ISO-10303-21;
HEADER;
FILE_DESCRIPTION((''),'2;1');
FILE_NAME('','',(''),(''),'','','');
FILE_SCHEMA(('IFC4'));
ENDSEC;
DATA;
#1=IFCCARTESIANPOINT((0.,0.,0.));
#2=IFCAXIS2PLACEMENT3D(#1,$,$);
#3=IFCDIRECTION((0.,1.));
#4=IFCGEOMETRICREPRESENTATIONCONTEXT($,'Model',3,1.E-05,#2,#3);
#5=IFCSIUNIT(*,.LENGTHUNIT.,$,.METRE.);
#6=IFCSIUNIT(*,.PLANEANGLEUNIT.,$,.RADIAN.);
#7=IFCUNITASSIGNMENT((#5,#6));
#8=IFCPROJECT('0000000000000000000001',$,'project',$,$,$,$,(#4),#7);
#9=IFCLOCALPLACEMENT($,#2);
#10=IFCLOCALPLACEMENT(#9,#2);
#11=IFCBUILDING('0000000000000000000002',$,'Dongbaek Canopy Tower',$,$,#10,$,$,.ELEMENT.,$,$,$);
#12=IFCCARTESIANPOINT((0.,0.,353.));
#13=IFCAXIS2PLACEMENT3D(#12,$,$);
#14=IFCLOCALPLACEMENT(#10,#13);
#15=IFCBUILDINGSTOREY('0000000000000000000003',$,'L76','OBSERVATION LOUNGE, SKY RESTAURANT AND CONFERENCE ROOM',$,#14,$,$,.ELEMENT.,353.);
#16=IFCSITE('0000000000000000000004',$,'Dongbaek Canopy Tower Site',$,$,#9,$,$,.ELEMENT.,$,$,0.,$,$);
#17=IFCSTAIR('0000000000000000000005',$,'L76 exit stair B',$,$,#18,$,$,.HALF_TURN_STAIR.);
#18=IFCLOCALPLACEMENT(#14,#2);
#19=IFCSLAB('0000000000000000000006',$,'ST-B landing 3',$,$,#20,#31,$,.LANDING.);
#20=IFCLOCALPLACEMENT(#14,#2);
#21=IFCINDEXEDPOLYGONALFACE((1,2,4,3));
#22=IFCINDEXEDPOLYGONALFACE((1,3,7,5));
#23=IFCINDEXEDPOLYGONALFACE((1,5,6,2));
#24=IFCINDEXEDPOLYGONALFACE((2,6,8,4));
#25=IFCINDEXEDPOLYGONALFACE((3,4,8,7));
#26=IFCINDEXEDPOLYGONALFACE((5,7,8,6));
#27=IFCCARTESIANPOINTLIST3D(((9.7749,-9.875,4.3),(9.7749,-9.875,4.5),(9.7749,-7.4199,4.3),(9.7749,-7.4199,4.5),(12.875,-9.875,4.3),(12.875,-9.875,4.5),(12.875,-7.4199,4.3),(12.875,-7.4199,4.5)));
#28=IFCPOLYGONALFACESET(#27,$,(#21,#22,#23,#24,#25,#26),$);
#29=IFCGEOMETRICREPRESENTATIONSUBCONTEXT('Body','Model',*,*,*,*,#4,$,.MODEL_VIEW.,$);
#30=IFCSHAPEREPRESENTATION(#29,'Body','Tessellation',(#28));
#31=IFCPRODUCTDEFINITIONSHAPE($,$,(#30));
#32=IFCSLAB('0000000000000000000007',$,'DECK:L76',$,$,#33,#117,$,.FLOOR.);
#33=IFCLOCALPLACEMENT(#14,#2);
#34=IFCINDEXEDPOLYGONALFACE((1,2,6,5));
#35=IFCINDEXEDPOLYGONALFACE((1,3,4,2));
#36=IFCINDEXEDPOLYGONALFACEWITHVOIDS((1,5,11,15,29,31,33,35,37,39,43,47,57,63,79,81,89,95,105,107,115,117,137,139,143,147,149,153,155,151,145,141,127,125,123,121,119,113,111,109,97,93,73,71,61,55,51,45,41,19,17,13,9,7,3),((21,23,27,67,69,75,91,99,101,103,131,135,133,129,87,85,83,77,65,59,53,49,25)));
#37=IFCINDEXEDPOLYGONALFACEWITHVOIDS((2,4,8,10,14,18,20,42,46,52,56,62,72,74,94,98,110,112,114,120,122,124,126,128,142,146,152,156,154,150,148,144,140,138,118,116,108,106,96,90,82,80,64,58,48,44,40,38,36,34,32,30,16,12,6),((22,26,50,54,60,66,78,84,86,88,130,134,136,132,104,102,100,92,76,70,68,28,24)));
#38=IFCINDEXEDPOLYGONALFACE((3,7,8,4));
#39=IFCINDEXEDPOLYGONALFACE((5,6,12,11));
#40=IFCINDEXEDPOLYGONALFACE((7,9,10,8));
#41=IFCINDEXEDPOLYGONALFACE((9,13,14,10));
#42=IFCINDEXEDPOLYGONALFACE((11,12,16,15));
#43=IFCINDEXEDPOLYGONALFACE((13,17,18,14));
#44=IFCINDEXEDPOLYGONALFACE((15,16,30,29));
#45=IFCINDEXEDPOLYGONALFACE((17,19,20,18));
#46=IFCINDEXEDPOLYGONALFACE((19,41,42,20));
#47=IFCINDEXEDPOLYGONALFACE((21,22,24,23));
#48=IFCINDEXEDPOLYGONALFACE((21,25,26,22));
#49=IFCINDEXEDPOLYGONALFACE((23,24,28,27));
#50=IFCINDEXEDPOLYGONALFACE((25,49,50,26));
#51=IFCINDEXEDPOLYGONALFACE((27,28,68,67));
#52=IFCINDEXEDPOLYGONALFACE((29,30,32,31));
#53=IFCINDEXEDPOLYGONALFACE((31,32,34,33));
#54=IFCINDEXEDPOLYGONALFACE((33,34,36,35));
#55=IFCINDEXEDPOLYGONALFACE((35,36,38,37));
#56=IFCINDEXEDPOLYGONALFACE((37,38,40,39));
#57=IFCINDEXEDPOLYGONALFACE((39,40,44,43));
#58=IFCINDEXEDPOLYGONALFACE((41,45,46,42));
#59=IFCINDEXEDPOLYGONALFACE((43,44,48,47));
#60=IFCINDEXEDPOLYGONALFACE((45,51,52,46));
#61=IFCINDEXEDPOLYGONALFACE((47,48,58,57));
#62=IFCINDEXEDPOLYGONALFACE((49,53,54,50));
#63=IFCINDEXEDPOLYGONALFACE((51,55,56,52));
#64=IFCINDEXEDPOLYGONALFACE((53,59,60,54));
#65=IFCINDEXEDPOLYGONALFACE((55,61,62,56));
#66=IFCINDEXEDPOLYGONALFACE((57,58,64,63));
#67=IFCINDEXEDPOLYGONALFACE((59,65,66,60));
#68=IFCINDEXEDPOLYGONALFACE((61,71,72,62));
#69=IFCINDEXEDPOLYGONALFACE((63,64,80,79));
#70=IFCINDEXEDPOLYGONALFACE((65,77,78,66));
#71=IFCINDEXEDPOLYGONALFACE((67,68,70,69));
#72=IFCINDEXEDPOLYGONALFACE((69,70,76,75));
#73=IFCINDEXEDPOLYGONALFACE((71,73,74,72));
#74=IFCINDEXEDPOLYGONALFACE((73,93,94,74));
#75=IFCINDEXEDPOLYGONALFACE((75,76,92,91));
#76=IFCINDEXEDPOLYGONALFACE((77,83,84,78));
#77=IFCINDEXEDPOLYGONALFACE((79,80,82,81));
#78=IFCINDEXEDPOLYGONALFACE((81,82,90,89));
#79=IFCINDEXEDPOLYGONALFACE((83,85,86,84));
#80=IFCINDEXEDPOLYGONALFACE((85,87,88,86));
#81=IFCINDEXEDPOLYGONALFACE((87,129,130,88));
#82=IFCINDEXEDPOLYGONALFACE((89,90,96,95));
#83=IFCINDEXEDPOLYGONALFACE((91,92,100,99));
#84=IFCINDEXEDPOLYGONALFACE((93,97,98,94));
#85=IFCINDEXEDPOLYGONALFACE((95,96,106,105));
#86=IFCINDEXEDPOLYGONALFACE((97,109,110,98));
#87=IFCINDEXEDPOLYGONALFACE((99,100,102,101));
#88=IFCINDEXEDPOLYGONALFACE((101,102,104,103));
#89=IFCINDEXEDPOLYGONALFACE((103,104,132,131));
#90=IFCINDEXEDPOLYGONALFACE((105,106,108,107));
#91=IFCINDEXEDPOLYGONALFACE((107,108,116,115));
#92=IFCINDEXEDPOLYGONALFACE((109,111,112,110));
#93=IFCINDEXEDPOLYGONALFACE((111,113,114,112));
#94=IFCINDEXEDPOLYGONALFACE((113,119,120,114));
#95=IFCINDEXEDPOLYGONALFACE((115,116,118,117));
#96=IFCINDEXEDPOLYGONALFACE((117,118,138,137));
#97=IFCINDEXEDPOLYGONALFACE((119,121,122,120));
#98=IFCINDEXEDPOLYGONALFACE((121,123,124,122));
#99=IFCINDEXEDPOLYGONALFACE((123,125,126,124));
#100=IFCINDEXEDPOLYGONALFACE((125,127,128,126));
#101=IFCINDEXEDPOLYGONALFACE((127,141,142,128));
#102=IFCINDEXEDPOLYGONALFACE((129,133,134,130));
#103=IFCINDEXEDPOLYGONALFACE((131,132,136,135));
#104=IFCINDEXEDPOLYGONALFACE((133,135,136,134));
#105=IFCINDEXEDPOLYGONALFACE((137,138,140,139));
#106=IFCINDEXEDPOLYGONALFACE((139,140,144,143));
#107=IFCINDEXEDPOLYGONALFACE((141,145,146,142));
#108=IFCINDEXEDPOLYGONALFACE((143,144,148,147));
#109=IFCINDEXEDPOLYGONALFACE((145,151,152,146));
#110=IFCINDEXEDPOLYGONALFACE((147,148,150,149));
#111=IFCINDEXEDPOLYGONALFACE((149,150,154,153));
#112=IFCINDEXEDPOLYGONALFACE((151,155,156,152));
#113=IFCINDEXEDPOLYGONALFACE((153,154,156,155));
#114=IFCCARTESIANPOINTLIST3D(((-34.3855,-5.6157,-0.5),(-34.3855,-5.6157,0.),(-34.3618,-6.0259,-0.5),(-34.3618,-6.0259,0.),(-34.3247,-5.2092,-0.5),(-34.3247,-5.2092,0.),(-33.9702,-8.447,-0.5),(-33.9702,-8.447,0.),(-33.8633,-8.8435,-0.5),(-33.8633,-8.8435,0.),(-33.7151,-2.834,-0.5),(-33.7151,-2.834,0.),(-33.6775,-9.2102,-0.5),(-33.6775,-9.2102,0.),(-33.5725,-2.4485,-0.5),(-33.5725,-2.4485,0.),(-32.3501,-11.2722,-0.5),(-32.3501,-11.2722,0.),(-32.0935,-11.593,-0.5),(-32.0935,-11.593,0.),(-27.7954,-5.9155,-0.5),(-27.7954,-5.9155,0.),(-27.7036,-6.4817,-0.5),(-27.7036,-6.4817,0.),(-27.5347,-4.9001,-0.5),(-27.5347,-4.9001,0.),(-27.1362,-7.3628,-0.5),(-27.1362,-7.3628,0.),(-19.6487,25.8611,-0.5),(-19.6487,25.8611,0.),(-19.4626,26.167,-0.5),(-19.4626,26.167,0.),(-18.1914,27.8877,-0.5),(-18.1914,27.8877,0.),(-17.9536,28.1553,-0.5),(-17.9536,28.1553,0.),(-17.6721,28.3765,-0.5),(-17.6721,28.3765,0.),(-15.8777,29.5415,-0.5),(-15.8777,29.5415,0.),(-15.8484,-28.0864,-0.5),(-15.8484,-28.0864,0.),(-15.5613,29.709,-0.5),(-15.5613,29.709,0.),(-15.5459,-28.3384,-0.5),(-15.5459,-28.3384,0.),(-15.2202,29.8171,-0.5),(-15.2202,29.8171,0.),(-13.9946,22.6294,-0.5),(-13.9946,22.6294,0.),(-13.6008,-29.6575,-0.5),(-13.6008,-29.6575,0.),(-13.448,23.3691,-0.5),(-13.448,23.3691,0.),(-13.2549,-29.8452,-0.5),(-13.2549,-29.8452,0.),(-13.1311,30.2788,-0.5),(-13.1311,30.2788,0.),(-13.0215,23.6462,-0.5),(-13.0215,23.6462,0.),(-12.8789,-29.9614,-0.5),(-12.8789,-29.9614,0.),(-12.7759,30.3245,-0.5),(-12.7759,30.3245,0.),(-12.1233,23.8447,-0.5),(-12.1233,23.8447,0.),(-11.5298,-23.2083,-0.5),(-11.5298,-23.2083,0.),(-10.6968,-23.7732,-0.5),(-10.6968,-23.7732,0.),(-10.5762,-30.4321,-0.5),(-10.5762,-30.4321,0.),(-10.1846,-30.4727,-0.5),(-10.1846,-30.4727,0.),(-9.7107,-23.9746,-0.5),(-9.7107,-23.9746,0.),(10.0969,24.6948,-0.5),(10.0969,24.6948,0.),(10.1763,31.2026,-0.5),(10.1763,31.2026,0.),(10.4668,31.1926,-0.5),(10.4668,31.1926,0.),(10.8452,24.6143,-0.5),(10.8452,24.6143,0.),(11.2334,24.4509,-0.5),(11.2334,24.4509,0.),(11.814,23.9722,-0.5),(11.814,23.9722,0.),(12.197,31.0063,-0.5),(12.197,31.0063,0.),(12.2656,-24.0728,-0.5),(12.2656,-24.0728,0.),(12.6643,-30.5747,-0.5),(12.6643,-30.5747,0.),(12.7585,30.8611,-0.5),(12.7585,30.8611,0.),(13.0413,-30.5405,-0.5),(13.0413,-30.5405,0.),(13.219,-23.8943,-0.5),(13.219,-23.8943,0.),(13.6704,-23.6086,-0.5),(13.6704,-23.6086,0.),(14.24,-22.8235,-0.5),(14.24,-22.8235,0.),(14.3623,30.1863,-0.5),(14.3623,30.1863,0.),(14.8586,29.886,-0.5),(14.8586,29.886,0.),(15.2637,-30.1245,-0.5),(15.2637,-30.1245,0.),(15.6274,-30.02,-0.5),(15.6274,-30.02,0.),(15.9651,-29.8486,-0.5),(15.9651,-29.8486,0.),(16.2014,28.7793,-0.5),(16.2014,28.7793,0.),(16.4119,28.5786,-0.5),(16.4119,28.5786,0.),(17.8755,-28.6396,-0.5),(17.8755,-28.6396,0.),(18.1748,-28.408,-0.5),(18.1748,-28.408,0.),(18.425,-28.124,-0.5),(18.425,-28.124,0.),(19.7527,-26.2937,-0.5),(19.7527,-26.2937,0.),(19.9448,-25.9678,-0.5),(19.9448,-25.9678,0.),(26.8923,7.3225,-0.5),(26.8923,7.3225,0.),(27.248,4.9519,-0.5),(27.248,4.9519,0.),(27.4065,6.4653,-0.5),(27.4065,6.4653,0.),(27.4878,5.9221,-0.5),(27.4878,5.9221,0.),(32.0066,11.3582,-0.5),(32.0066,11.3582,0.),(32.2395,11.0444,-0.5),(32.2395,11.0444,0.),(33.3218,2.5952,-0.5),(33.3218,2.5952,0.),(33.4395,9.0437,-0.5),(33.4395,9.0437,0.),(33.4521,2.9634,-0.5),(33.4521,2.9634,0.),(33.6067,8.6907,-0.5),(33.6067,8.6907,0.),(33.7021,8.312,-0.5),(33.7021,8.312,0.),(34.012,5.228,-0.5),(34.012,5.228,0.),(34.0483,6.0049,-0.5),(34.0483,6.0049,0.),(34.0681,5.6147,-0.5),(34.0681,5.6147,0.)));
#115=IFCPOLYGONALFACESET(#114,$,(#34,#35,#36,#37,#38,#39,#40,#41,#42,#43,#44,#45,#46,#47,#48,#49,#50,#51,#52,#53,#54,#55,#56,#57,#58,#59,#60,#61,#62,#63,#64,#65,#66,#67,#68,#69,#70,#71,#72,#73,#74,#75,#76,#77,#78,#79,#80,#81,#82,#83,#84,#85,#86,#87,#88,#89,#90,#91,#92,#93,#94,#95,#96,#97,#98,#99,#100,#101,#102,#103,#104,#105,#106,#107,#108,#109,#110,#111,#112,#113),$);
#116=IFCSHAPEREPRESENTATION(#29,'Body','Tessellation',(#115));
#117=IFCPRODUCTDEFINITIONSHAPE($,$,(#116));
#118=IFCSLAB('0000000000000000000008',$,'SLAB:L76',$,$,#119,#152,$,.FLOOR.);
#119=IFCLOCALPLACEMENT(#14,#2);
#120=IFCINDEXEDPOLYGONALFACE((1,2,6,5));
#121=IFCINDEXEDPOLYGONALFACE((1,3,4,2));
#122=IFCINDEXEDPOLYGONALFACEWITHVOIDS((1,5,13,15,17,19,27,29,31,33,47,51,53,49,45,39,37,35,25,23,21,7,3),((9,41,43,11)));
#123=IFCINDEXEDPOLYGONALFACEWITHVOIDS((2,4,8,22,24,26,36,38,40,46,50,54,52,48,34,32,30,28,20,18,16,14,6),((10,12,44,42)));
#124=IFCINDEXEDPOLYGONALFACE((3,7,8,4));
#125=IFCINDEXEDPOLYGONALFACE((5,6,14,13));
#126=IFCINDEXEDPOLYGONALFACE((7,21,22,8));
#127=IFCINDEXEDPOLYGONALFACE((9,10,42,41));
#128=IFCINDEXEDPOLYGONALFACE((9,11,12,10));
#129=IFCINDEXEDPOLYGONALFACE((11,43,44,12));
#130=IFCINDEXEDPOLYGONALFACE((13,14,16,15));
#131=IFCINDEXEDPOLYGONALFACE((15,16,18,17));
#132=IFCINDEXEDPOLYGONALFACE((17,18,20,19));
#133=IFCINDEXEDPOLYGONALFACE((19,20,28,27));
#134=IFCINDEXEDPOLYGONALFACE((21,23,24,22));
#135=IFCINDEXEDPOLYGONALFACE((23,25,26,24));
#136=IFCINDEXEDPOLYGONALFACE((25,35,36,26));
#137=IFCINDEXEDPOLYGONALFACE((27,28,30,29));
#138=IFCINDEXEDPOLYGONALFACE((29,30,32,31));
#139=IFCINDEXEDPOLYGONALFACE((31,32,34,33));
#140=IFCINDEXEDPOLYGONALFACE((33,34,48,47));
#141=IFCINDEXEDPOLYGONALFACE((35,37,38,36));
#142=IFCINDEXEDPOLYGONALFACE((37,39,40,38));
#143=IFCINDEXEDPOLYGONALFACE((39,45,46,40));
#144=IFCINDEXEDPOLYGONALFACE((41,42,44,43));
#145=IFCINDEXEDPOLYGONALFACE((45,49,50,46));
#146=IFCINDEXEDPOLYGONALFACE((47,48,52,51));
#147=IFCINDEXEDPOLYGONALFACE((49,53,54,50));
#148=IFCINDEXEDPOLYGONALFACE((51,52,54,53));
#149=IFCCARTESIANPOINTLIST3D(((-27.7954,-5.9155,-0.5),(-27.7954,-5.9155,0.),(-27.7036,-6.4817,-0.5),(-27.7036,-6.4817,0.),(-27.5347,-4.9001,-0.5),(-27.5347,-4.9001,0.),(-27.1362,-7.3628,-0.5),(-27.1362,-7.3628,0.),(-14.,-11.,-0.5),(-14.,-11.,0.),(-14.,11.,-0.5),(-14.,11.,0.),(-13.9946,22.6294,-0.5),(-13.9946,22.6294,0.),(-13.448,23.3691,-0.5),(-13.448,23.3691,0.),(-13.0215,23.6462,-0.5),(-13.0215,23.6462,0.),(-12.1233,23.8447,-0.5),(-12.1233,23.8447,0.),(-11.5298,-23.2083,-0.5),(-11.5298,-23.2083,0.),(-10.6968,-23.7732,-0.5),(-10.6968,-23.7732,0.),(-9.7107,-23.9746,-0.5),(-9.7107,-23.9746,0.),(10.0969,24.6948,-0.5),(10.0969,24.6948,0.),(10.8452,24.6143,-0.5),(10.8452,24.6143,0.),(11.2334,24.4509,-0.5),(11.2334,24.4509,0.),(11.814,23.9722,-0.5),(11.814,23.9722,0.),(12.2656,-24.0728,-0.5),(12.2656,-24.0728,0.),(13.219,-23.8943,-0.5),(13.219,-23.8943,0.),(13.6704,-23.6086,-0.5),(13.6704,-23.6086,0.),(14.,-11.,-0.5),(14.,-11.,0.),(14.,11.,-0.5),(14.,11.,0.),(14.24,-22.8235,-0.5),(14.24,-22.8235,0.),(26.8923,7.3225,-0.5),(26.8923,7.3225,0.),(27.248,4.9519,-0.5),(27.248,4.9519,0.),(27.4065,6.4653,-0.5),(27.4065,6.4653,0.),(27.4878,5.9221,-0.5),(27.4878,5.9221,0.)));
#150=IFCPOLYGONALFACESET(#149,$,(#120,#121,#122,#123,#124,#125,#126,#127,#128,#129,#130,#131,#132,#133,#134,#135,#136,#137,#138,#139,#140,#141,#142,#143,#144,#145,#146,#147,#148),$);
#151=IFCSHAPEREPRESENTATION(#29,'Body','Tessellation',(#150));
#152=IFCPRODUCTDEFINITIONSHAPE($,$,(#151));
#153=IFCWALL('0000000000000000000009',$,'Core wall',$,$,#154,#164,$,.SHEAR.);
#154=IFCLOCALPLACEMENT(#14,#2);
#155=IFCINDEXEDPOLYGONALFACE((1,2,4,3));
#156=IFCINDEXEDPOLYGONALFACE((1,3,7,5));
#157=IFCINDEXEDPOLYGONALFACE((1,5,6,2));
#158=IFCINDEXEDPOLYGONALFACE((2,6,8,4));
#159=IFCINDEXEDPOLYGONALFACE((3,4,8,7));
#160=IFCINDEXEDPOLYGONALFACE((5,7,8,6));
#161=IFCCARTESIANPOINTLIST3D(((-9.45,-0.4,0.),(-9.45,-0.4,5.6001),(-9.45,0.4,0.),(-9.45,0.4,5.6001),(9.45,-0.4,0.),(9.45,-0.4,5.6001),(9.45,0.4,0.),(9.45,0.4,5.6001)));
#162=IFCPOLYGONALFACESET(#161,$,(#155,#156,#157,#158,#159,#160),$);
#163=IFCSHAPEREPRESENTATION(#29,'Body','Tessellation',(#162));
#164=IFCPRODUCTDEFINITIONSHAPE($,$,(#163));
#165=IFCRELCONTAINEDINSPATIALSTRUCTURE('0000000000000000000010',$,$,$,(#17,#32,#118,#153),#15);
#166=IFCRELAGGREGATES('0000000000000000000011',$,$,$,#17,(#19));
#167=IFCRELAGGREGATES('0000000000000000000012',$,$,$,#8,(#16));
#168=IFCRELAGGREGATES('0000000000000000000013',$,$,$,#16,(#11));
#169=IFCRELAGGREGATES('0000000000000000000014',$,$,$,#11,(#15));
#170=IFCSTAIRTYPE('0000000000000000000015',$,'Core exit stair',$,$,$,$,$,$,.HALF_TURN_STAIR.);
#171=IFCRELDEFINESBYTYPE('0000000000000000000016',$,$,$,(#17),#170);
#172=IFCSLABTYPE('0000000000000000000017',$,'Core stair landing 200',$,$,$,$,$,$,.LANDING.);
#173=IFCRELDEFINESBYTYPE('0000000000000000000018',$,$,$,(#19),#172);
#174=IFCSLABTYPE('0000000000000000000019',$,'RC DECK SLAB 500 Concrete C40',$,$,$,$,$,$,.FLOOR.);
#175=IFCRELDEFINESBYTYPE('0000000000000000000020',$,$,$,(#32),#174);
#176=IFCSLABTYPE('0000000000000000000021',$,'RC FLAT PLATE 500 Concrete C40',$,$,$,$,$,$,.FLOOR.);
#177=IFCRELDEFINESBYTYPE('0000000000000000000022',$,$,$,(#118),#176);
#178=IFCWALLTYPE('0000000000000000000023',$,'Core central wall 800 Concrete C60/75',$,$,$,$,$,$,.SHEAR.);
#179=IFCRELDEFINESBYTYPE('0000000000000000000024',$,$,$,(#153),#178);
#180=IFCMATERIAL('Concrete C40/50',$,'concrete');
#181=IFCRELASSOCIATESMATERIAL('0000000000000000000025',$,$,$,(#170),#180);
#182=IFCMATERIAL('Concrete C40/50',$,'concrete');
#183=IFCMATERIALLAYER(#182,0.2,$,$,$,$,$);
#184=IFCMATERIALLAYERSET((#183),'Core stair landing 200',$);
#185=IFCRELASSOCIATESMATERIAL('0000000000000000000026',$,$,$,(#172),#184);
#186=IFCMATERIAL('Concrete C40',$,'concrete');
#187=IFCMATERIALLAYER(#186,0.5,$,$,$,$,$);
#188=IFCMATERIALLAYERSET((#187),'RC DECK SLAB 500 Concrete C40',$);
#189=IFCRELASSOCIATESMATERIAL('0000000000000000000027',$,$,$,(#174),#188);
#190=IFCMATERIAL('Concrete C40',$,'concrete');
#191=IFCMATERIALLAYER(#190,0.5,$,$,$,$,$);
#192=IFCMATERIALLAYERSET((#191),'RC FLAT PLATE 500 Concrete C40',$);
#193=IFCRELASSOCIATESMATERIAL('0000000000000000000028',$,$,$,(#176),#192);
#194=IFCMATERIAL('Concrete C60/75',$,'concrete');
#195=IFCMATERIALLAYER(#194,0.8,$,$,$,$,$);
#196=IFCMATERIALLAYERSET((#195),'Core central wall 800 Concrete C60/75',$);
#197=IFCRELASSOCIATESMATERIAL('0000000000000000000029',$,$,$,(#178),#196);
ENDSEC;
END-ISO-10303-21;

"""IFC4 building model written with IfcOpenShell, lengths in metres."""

from ifc_helpers import new_model, si_unit, direction, frame, frame_2d, origin, place, context, subcontext, project, spatial, polyline, rectangle, outline, extrude, material, layer, layer_set, type_object, element, aggregate, save


model = new_model("IFC4")

# Units and contexts
model_context = context("Model", 3, precision=1e-05, world=origin(), true_north=direction((0.0, 1.0)))
body_context = subcontext(model_context, "Body", "Model", "MODEL_VIEW")
ifc_project = project(units=[si_unit("LENGTHUNIT", "METRE"), si_unit("PLANEANGLEUNIT", "RADIAN")], contexts=[model_context])

# Site, building, storey
site_placement = place(None, origin())
site = spatial("IfcSite", under=ifc_project, at=site_placement, Name="Dongbaek Canopy Tower Site", CompositionType="ELEMENT", RefElevation=0.0)
building_placement = place(site_placement, origin())
building = spatial("IfcBuilding", under=site, at=building_placement, Name="Dongbaek Canopy Tower", CompositionType="ELEMENT")
storey_placement = place(building_placement, frame((0.0, 0.0, 353.0)))
storey = spatial("IfcBuildingStorey", under=building, at=storey_placement, Name="L76", Description="OBSERVATION LOUNGE, SKY RESTAURANT AND CONFERENCE ROOM", CompositionType="ELEMENT", Elevation=353.0)

# Stair, slab
ifc_material_1 = material(Name="Concrete C40/50", Category="concrete")
stair_type = type_object("IfcStairType", Name="Core exit stair", PredefinedType="HALF_TURN_STAIR", material=ifc_material_1)
ifc_material_2 = material(Name="Concrete C40/50", Category="concrete")
ifc_layer_1 = layer(ifc_material_2, 0.2)
ifc_layer_set_1 = layer_set([ifc_layer_1], Name="Core stair landing 200")
slab_type_1 = type_object("IfcSlabType", Name="Core stair landing 200", PredefinedType="LANDING", material=ifc_layer_set_1)
stair_1_placement = place(storey_placement, origin())
stair_1 = element("IfcStair", 1, at=stair_1_placement, inside=storey, type_object=stair_type, Name="L76 exit stair B", PredefinedType="HALF_TURN_STAIR")
slab_1_placement = place(storey_placement, frame((0.0, 0.0, 4.3)))
slab_1 = element("IfcSlab", 2, at=slab_1_placement, type_object=slab_type_1, Name="ST-B landing 3", PredefinedType="LANDING", context=body_context, shape_type="SweptSolid", body=[
    extrude(outline(polyline([(9.7749, -7.4199), (9.7749, -9.875), (12.875, -9.875), (12.875, -7.4199), (9.7749, -7.4199)])), origin(), (0.0, 0.0, 1.0), 0.2),
])
aggregate(stair_1, [slab_1])

# Slabs
ifc_material_3 = material(Name="Concrete C40", Category="concrete")
ifc_layer_2 = layer(ifc_material_3, 0.5)
ifc_layer_set_2 = layer_set([ifc_layer_2], Name="RC DECK SLAB 500 Concrete C40")
slab_type_2 = type_object("IfcSlabType", Name="RC DECK SLAB 500 Concrete C40", PredefinedType="FLOOR", material=ifc_layer_set_2)
slab_2_placement = place(storey_placement, frame((0.0, 0.0, -0.5)))
element("IfcSlab", 3, at=slab_2_placement, inside=storey, type_object=slab_type_2, Name="DECK:L76", PredefinedType="FLOOR", context=body_context, shape_type="SweptSolid", body=[
    extrude(outline(polyline([(19.9448, -25.9678), (19.7527, -26.2937), (18.425, -28.124), (18.1748, -28.408), (17.8755, -28.6396), (15.9651, -29.8486), (15.6274, -30.02), (15.2637, -30.1245), (13.0413, -30.5405), (12.6643, -30.5747), (-10.1846, -30.4727), (-10.5762, -30.4321), (-12.8789, -29.9614), (-13.2549, -29.8452), (-13.6008, -29.6575), (-15.5459, -28.3384), (-15.8484, -28.0864), (-32.0935, -11.593), (-32.3501, -11.2722), (-33.6775, -9.2102), (-33.8633, -8.8435), (-33.9702, -8.447), (-34.3618, -6.0259), (-34.3855, -5.6157), (-34.3247, -5.2092), (-33.7151, -2.834), (-33.5725, -2.4485), (-19.6487, 25.8611), (-19.4626, 26.167), (-18.1914, 27.8877), (-17.9536, 28.1553), (-17.6721, 28.3765), (-15.8777, 29.5415), (-15.5613, 29.709), (-15.2202, 29.8171), (-13.1311, 30.2788), (-12.7759, 30.3245), (10.1763, 31.2026), (10.4668, 31.1926), (12.197, 31.0063), (12.7585, 30.8611), (14.3623, 30.1863), (14.8586, 29.886), (16.2014, 28.7793), (16.4119, 28.5786), (32.0066, 11.3582), (32.2395, 11.0444), (33.4395, 9.0437), (33.6067, 8.6907), (33.7021, 8.312), (34.0483, 6.0049), (34.0681, 5.6147), (34.012, 5.228), (33.4521, 2.9634), (33.3218, 2.5952), (19.9448, -25.9678)]), holes=[polyline([(27.4065, 6.4653), (26.8923, 7.3225), (11.814, 23.9722), (11.2334, 24.4509), (10.8452, 24.6143), (10.0969, 24.6948), (-12.1233, 23.8447), (-13.0215, 23.6462), (-13.448, 23.3691), (-13.9946, 22.6294), (-27.5347, -4.9001), (-27.7954, -5.9155), (-27.7036, -6.4817), (-27.1362, -7.3628), (-11.5298, -23.2083), (-10.6968, -23.7732), (-9.7107, -23.9746), (12.2656, -24.0728), (13.219, -23.8943), (13.6704, -23.6086), (14.24, -22.8235), (27.248, 4.9519), (27.4878, 5.9221), (27.4065, 6.4653)])]), origin(), (0.0, 0.0, 1.0), 0.5),
])
ifc_material_4 = material(Name="Concrete C40", Category="concrete")
ifc_layer_3 = layer(ifc_material_4, 0.5)
ifc_layer_set_3 = layer_set([ifc_layer_3], Name="RC FLAT PLATE 500 Concrete C40")
slab_type_3 = type_object("IfcSlabType", Name="RC FLAT PLATE 500 Concrete C40", PredefinedType="FLOOR", material=ifc_layer_set_3)
slab_3_placement = place(storey_placement, frame((0.0, 0.0, -0.5)))
element("IfcSlab", 4, at=slab_3_placement, inside=storey, type_object=slab_type_3, Name="SLAB:L76", PredefinedType="FLOOR", context=body_context, shape_type="SweptSolid", body=[
    extrude(outline(polyline([(27.248, 4.9519), (14.24, -22.8235), (13.6704, -23.6086), (13.219, -23.8943), (12.2656, -24.0728), (-9.7107, -23.9746), (-10.6968, -23.7732), (-11.5298, -23.2083), (-27.1362, -7.3628), (-27.7036, -6.4817), (-27.7954, -5.9155), (-27.5347, -4.9001), (-13.9946, 22.6294), (-13.448, 23.3691), (-13.0215, 23.6462), (-12.1233, 23.8447), (10.0969, 24.6948), (10.8452, 24.6143), (11.2334, 24.4509), (11.814, 23.9722), (26.8923, 7.3225), (27.4065, 6.4653), (27.4878, 5.9221), (27.248, 4.9519)]), holes=[polyline([(14.0, 11.0), (-14.0, 11.0), (-14.0, -11.0), (14.0, -11.0), (14.0, 11.0)])]), origin(), (0.0, 0.0, 1.0), 0.5),
])

# Wall
ifc_material_5 = material(Name="Concrete C60/75", Category="concrete")
ifc_layer_4 = layer(ifc_material_5, 0.8)
ifc_layer_set_4 = layer_set([ifc_layer_4], Name="Core central wall 800 Concrete C60/75")
wall_type_1 = type_object("IfcWallType", Name="Core central wall 800 Concrete C60/75", PredefinedType="SHEAR", material=ifc_layer_set_4)
wall_1_placement = place(storey_placement, frame((-9.45, 0.0, 0.0), z_axis=(0.0, 0.0, 1.0), x_axis=(1.0, 0.0, 0.0)))
element("IfcWall", 5, at=wall_1_placement, inside=storey, type_object=wall_type_1, Name="Core wall", PredefinedType="SHEAR", context=body_context, shape_type="SweptSolid", body=[
    extrude(rectangle(XDim=18.8999, YDim=0.8, at=frame_2d((9.45, 0.0))), origin(), (0.0, 0.0, 1.0), 5.6001),
])

save(model, "model.ifc")
